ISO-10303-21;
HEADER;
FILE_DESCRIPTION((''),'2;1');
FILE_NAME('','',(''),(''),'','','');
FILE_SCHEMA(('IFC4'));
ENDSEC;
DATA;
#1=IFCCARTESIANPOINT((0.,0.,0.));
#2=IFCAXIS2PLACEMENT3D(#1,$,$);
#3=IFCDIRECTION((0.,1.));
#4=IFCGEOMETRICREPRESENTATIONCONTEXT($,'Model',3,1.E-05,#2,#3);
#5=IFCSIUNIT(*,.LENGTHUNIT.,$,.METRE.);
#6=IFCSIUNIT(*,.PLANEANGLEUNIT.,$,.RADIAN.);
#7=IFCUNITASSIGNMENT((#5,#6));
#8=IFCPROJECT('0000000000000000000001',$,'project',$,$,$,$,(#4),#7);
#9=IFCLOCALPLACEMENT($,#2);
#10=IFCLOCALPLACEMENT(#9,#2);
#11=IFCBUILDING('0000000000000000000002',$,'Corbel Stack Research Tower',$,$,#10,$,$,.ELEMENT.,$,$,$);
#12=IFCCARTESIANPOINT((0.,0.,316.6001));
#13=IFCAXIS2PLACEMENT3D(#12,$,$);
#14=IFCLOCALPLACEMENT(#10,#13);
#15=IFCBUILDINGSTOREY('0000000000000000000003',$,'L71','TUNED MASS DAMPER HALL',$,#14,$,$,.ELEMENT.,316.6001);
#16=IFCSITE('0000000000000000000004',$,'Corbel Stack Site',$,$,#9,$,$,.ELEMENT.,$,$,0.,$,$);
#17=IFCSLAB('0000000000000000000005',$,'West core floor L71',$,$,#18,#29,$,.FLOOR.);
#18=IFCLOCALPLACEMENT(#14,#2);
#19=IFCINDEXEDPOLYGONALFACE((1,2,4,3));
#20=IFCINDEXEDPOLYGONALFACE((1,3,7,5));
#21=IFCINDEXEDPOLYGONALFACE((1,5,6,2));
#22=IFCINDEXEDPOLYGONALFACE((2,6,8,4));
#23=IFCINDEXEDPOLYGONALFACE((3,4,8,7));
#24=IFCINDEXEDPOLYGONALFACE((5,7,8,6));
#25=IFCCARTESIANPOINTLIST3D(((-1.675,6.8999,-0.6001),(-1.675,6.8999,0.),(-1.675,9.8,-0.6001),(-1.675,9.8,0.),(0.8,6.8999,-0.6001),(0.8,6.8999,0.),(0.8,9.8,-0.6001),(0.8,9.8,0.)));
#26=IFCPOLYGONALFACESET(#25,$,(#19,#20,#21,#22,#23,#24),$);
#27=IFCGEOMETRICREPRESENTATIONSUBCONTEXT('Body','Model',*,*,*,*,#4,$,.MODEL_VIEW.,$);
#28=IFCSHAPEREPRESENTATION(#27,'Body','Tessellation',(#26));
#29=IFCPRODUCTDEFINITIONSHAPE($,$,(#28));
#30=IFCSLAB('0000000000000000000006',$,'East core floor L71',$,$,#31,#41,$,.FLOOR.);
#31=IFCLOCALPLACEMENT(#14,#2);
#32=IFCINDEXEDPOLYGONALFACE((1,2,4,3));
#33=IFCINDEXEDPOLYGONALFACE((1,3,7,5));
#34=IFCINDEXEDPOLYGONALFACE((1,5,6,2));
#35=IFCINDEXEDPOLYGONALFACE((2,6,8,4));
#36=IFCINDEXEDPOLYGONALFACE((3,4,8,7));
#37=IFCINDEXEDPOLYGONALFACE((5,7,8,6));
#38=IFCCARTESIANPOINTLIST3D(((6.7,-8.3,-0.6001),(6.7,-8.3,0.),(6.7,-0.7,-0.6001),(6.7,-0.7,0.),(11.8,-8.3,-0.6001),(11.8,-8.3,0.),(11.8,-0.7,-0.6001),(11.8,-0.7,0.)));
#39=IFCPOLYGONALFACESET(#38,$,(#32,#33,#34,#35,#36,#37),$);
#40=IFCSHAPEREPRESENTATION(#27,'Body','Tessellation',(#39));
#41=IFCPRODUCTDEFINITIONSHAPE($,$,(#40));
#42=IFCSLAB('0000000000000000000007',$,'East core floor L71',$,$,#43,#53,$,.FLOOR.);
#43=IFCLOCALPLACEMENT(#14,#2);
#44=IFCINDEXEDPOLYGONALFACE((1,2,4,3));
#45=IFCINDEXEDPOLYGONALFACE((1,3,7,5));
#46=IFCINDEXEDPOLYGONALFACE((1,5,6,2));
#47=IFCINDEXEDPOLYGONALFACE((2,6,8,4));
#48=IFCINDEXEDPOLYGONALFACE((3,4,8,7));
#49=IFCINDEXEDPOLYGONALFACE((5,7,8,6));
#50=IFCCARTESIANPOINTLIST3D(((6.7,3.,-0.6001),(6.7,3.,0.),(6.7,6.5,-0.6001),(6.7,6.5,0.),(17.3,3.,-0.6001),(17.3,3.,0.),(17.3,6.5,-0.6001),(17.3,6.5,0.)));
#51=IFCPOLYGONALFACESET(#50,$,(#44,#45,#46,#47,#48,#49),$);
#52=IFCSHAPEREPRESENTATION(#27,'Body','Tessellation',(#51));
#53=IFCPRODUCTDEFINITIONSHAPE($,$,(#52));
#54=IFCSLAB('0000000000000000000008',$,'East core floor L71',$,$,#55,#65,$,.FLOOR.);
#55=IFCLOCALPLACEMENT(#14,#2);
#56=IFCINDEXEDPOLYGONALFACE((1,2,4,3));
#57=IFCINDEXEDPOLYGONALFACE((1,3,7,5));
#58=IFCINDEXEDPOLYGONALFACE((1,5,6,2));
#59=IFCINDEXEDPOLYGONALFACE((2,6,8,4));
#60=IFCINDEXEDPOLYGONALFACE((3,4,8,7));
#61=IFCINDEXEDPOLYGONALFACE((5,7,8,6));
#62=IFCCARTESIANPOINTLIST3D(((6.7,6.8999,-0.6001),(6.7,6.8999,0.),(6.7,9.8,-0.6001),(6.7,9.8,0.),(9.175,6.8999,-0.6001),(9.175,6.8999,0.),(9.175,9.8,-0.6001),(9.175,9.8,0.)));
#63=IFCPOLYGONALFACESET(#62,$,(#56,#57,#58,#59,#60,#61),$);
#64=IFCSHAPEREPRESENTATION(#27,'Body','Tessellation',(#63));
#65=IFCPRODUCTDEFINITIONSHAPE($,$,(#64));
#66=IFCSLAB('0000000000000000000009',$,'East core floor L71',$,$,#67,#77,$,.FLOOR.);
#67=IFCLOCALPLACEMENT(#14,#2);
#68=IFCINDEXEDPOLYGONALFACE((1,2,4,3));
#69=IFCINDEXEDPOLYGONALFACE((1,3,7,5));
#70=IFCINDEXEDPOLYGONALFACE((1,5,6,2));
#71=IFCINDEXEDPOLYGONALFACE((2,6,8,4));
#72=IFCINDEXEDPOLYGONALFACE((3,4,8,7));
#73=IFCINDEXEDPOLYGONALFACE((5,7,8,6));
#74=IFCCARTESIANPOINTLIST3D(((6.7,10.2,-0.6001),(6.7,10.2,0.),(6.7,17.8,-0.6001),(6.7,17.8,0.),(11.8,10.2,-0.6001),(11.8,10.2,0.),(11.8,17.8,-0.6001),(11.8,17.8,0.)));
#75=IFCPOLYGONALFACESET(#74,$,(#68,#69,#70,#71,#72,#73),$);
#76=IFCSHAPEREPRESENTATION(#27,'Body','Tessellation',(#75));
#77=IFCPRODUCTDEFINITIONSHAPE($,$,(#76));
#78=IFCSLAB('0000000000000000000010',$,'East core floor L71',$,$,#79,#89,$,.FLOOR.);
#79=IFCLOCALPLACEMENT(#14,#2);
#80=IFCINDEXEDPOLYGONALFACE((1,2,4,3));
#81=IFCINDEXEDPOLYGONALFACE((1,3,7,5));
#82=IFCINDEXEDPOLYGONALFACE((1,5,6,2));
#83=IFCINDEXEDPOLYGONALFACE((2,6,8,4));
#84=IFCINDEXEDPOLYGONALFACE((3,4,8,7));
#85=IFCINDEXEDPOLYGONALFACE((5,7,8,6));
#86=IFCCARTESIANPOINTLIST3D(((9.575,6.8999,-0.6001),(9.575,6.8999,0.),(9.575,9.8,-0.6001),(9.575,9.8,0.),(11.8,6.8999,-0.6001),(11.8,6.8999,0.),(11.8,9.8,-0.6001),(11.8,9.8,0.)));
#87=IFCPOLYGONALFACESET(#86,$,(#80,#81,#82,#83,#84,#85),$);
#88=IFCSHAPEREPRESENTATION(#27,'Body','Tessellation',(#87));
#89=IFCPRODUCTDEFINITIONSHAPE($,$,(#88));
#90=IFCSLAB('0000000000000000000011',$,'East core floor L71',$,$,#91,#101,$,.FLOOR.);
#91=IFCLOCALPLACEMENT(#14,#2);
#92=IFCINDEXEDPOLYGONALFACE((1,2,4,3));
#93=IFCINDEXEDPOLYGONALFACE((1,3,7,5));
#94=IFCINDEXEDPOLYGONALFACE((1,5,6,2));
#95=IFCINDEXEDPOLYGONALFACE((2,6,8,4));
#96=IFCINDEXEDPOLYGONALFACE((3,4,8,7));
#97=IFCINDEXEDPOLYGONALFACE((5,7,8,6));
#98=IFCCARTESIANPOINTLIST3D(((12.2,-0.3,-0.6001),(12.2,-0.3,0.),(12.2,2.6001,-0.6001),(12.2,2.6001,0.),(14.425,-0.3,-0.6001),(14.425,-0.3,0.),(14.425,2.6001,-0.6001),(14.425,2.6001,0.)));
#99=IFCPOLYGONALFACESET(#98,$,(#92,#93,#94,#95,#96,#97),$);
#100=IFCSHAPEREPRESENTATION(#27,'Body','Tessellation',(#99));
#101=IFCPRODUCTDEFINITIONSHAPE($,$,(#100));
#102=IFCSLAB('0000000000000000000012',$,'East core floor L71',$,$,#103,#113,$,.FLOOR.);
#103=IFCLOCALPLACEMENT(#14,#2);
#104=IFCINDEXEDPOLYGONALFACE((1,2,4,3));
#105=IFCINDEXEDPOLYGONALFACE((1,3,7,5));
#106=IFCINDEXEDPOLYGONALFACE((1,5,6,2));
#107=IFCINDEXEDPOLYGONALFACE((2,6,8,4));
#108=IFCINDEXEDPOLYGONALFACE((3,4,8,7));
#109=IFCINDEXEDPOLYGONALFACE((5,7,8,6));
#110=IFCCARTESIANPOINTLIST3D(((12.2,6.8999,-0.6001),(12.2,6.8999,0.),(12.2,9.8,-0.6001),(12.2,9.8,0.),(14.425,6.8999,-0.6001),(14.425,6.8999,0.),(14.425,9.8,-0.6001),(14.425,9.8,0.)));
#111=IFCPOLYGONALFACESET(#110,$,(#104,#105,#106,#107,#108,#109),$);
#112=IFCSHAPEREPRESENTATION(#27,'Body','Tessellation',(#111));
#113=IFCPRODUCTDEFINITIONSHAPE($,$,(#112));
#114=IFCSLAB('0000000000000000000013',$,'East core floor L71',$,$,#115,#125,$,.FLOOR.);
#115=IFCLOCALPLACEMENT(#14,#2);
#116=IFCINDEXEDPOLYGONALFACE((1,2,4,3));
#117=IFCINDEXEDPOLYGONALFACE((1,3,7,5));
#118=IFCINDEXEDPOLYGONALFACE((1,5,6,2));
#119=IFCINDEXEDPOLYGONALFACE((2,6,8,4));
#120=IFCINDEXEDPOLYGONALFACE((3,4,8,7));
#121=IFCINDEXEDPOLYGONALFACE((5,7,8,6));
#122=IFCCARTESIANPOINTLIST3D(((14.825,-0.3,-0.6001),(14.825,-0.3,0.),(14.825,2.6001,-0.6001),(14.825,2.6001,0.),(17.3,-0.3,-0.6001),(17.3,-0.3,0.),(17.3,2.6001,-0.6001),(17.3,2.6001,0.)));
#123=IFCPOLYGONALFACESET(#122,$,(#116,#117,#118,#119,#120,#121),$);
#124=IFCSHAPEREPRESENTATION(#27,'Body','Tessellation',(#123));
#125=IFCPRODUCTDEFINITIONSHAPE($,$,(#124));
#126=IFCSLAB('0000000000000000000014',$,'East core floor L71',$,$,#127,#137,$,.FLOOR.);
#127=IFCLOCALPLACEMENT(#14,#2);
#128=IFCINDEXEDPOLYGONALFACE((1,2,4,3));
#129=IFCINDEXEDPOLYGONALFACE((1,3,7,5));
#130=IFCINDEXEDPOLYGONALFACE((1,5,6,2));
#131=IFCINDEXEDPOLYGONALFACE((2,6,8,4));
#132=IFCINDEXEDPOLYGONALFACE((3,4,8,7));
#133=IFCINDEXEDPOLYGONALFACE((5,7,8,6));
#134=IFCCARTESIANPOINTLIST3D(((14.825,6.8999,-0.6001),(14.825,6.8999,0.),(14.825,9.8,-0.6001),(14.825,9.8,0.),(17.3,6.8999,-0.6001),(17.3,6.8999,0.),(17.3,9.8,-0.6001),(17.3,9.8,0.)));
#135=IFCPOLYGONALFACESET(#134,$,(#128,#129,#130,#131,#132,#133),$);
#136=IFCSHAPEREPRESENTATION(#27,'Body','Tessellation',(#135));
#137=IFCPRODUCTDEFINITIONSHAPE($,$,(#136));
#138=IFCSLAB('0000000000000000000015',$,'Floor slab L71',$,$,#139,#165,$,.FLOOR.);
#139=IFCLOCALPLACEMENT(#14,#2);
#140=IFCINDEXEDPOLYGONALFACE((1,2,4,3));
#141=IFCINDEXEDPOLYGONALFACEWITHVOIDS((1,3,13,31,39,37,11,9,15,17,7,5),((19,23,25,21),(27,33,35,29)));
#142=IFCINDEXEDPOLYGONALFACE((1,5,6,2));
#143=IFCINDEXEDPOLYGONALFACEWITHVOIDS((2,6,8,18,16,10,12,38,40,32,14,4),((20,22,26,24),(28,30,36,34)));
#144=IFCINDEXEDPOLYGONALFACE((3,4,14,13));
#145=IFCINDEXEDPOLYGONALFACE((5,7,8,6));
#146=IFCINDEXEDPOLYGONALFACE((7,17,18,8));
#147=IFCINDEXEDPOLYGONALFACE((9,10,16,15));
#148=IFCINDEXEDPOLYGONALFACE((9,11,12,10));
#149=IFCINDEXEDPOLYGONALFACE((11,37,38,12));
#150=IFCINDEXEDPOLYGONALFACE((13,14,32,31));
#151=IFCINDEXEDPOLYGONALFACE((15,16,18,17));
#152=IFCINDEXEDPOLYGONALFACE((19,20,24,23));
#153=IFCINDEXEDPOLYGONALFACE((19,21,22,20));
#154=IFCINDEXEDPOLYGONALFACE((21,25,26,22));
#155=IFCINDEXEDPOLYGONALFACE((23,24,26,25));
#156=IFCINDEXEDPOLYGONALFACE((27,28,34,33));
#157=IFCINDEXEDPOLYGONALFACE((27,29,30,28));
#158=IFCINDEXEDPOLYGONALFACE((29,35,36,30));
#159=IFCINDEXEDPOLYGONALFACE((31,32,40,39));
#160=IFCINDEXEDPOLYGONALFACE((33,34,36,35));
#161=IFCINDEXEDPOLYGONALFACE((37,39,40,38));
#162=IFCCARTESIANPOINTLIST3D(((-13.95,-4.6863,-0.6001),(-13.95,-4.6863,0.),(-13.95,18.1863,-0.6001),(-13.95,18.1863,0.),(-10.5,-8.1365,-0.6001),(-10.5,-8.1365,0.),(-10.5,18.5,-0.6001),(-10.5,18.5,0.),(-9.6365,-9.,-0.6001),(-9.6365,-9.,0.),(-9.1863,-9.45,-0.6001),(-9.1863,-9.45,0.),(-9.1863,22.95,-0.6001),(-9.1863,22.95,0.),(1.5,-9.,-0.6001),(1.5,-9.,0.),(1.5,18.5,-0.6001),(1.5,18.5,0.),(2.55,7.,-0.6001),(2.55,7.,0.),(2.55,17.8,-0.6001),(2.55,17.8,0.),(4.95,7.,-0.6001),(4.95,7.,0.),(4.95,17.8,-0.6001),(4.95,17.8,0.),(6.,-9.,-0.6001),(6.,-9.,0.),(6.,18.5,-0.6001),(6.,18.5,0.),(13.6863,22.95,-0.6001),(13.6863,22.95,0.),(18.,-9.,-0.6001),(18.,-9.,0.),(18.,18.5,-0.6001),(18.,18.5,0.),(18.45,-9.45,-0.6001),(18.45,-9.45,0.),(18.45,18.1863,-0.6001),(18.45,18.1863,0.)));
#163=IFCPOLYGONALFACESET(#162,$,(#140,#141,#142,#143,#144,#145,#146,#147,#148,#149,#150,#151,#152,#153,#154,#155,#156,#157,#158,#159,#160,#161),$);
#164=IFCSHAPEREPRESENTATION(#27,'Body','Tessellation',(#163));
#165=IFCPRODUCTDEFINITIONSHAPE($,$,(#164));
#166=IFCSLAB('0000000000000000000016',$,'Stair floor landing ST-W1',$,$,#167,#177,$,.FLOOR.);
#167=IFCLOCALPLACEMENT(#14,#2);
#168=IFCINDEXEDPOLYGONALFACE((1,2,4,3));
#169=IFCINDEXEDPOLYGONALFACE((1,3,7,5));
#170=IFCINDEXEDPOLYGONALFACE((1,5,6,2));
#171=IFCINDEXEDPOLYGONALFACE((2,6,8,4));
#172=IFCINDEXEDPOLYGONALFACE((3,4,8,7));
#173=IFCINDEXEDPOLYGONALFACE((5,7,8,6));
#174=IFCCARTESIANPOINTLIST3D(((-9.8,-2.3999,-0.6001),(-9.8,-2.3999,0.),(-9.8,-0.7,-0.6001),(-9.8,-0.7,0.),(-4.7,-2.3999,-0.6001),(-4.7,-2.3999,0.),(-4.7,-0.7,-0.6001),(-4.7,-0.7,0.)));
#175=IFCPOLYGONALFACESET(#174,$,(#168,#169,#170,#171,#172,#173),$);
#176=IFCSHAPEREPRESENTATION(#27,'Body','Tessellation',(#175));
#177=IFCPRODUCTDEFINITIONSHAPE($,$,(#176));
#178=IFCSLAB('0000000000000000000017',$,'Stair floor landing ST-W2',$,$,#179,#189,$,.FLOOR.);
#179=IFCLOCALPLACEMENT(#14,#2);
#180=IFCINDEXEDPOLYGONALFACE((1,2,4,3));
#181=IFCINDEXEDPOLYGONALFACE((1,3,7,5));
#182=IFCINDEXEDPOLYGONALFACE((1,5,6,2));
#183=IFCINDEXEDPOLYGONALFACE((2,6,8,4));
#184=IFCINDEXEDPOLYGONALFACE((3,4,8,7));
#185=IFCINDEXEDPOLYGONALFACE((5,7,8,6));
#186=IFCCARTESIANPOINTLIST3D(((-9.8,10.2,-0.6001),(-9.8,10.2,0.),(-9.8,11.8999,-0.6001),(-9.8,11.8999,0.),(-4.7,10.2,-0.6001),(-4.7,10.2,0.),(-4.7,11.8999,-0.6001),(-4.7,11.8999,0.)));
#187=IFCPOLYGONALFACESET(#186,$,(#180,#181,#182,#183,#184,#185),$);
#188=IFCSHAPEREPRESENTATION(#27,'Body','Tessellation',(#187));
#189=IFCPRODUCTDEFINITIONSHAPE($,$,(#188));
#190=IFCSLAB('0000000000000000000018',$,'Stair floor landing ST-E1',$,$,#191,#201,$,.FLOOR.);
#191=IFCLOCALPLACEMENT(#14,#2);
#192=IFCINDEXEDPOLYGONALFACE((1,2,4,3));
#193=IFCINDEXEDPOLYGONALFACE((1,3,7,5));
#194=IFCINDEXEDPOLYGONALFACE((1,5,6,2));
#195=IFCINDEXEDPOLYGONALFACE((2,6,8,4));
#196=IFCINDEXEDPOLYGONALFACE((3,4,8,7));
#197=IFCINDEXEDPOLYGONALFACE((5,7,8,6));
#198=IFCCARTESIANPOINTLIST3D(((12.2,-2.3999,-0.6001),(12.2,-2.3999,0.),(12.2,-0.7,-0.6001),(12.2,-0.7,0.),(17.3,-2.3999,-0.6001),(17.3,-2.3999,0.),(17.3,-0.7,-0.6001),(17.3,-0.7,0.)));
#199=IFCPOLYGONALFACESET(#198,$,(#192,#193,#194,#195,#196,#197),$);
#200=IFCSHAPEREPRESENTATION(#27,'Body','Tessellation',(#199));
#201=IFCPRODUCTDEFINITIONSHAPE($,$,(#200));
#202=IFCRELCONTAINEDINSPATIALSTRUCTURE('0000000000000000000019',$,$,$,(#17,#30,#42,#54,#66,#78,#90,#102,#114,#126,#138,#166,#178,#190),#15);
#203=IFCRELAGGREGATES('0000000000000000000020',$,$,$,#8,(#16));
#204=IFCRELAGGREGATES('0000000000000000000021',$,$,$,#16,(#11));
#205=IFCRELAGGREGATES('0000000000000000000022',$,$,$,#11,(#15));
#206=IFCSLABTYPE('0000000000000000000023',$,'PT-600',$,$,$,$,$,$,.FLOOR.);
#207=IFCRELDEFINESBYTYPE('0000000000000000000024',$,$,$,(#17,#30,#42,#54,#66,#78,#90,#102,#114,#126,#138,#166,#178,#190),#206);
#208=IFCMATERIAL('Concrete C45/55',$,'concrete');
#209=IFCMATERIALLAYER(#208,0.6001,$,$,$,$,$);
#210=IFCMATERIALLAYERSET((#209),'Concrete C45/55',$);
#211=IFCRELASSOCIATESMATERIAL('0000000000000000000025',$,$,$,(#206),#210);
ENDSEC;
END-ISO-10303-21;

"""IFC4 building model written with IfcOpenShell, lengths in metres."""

from ifc_helpers import new_model, si_unit, direction, frame, origin, place, context, subcontext, project, spatial, polyline, outline, extrude, material, layer, layer_set, type_object, element, save


model = new_model("IFC4")

# Units and contexts
model_context = context("Model", 3, precision=1e-05, world=origin(), true_north=direction((0.0, 1.0)))
body_context = subcontext(model_context, "Body", "Model", "MODEL_VIEW")
ifc_project = project(units=[si_unit("LENGTHUNIT", "METRE"), si_unit("PLANEANGLEUNIT", "RADIAN")], contexts=[model_context])

# Site, building, storey
site_placement = place(None, origin())
site = spatial("IfcSite", under=ifc_project, at=site_placement, Name="Corbel Stack Site", CompositionType="ELEMENT", RefElevation=0.0)
building_placement = place(site_placement, origin())
building = spatial("IfcBuilding", under=site, at=building_placement, Name="Corbel Stack Research Tower", CompositionType="ELEMENT")
storey_placement = place(building_placement, frame((0.0, 0.0, 316.6001)))
storey = spatial("IfcBuildingStorey", under=building, at=storey_placement, Name="L71", Description="TUNED MASS DAMPER HALL", CompositionType="ELEMENT", Elevation=316.6001)

# Slabs
ifc_material_1 = material(Name="Concrete C45/55", Category="concrete")
ifc_layer_1 = layer(ifc_material_1, 0.6001)
ifc_layer_set_1 = layer_set([ifc_layer_1], Name="Concrete C45/55")
slab_type_1 = type_object("IfcSlabType", Name="PT-600", PredefinedType="FLOOR", material=ifc_layer_set_1)
slab_1_placement = place(storey_placement, frame((0.0, 0.0, -0.6001)))
element("IfcSlab", 1, at=slab_1_placement, inside=storey, type_object=slab_type_1, Name="West core floor L71", PredefinedType="FLOOR", context=body_context, shape_type="SweptSolid", body=[
    extrude(outline(polyline([(0.8, 6.8999), (0.8, 9.8), (-1.675, 9.8), (-1.675, 6.8999), (0.8, 6.8999)])), origin(), (0.0, 0.0, 1.0), 0.6001),
])
slab_2_placement = place(storey_placement, frame((0.0, 0.0, -0.6001)))
element("IfcSlab", 2, at=slab_2_placement, inside=storey, type_object=slab_type_1, Name="East core floor L71", PredefinedType="FLOOR", context=body_context, shape_type="SweptSolid", body=[
    extrude(outline(polyline([(6.7, -8.3), (11.8, -8.3), (11.8, -0.7), (6.7, -0.7), (6.7, -8.3)])), origin(), (0.0, 0.0, 1.0), 0.6001),
])
slab_3_placement = place(storey_placement, frame((0.0, 0.0, -0.6001)))
element("IfcSlab", 3, at=slab_3_placement, inside=storey, type_object=slab_type_1, Name="East core floor L71", PredefinedType="FLOOR", context=body_context, shape_type="SweptSolid", body=[
    extrude(outline(polyline([(6.7, 3.0), (17.3, 3.0), (17.3, 6.5), (6.7, 6.5), (6.7, 3.0)])), origin(), (0.0, 0.0, 1.0), 0.6001),
])
slab_4_placement = place(storey_placement, frame((0.0, 0.0, -0.6001)))
element("IfcSlab", 4, at=slab_4_placement, inside=storey, type_object=slab_type_1, Name="East core floor L71", PredefinedType="FLOOR", context=body_context, shape_type="SweptSolid", body=[
    extrude(outline(polyline([(6.7, 6.8999), (9.175, 6.8999), (9.175, 9.8), (6.7, 9.8), (6.7, 6.8999)])), origin(), (0.0, 0.0, 1.0), 0.6001),
])
slab_5_placement = place(storey_placement, frame((0.0, 0.0, -0.6001)))
element("IfcSlab", 5, at=slab_5_placement, inside=storey, type_object=slab_type_1, Name="East core floor L71", PredefinedType="FLOOR", context=body_context, shape_type="SweptSolid", body=[
    extrude(outline(polyline([(6.7, 10.2), (11.8, 10.2), (11.8, 17.8), (6.7, 17.8), (6.7, 10.2)])), origin(), (0.0, 0.0, 1.0), 0.6001),
])
slab_6_placement = place(storey_placement, frame((0.0, 0.0, -0.6001)))
element("IfcSlab", 6, at=slab_6_placement, inside=storey, type_object=slab_type_1, Name="East core floor L71", PredefinedType="FLOOR", context=body_context, shape_type="SweptSolid", body=[
    extrude(outline(polyline([(9.575, 6.8999), (11.8, 6.8999), (11.8, 9.8), (9.575, 9.8), (9.575, 6.8999)])), origin(), (0.0, 0.0, 1.0), 0.6001),
])
slab_7_placement = place(storey_placement, frame((0.0, 0.0, -0.6001)))
element("IfcSlab", 7, at=slab_7_placement, inside=storey, type_object=slab_type_1, Name="East core floor L71", PredefinedType="FLOOR", context=body_context, shape_type="SweptSolid", body=[
    extrude(outline(polyline([(12.2, 2.6001), (12.2, -0.3), (14.425, -0.3), (14.425, 2.6001), (12.2, 2.6001)])), origin(), (0.0, 0.0, 1.0), 0.6001),
])
slab_8_placement = place(storey_placement, frame((0.0, 0.0, -0.6001)))
element("IfcSlab", 8, at=slab_8_placement, inside=storey, type_object=slab_type_1, Name="East core floor L71", PredefinedType="FLOOR", context=body_context, shape_type="SweptSolid", body=[
    extrude(outline(polyline([(14.425, 6.8999), (14.425, 9.8), (12.2, 9.8), (12.2, 6.8999), (14.425, 6.8999)])), origin(), (0.0, 0.0, 1.0), 0.6001),
])
slab_9_placement = place(storey_placement, frame((0.0, 0.0, -0.6001)))
element("IfcSlab", 9, at=slab_9_placement, inside=storey, type_object=slab_type_1, Name="East core floor L71", PredefinedType="FLOOR", context=body_context, shape_type="SweptSolid", body=[
    extrude(outline(polyline([(14.825, 2.6001), (14.825, -0.3), (17.3, -0.3), (17.3, 2.6001), (14.825, 2.6001)])), origin(), (0.0, 0.0, 1.0), 0.6001),
])
slab_10_placement = place(storey_placement, frame((0.0, 0.0, -0.6001)))
element("IfcSlab", 10, at=slab_10_placement, inside=storey, type_object=slab_type_1, Name="East core floor L71", PredefinedType="FLOOR", context=body_context, shape_type="SweptSolid", body=[
    extrude(outline(polyline([(17.3, 6.8999), (17.3, 9.8), (14.825, 9.8), (14.825, 6.8999), (17.3, 6.8999)])), origin(), (0.0, 0.0, 1.0), 0.6001),
])
slab_11_placement = place(storey_placement, frame((0.0, 0.0, -0.6001)))
element("IfcSlab", 11, at=slab_11_placement, inside=storey, type_object=slab_type_1, Name="Floor slab L71", PredefinedType="FLOOR", context=body_context, shape_type="SweptSolid", body=[
    extrude(outline(polyline([(-10.5, -8.1365), (-10.5, 18.5), (1.5, 18.5), (1.5, -9.0), (-9.6365, -9.0), (-9.1863, -9.45), (18.45, -9.45), (18.45, 18.1863), (13.6863, 22.95), (-9.1863, 22.95), (-13.95, 18.1863), (-13.95, -4.6863), (-10.5, -8.1365)]), holes=[polyline([(6.0, -9.0), (6.0, 18.5), (18.0, 18.5), (18.0, -9.0), (6.0, -9.0)]), polyline([(4.95, 7.0), (2.55, 7.0), (2.55, 17.8), (4.95, 17.8), (4.95, 7.0)])]), origin(), (0.0, 0.0, 1.0), 0.6001),
])
slab_12_placement = place(storey_placement, frame((0.0, 0.0, -0.6001)))
element("IfcSlab", 12, at=slab_12_placement, inside=storey, type_object=slab_type_1, Name="Stair floor landing ST-W1", PredefinedType="FLOOR", context=body_context, shape_type="SweptSolid", body=[
    extrude(outline(polyline([(-9.8, -2.3999), (-4.7, -2.3999), (-4.7, -0.7), (-9.8, -0.7), (-9.8, -2.3999)])), origin(), (0.0, 0.0, 1.0), 0.6001),
])
slab_13_placement = place(storey_placement, frame((0.0, 0.0, -0.6001)))
element("IfcSlab", 13, at=slab_13_placement, inside=storey, type_object=slab_type_1, Name="Stair floor landing ST-W2", PredefinedType="FLOOR", context=body_context, shape_type="SweptSolid", body=[
    extrude(outline(polyline([(-9.8, 10.2), (-4.7, 10.2), (-4.7, 11.8999), (-9.8, 11.8999), (-9.8, 10.2)])), origin(), (0.0, 0.0, 1.0), 0.6001),
])
slab_14_placement = place(storey_placement, frame((0.0, 0.0, -0.6001)))
element("IfcSlab", 14, at=slab_14_placement, inside=storey, type_object=slab_type_1, Name="Stair floor landing ST-E1", PredefinedType="FLOOR", context=body_context, shape_type="SweptSolid", body=[
    extrude(outline(polyline([(12.2, -2.3999), (17.3, -2.3999), (17.3, -0.7), (12.2, -0.7), (12.2, -2.3999)])), origin(), (0.0, 0.0, 1.0), 0.6001),
])

save(model, "model.ifc")
